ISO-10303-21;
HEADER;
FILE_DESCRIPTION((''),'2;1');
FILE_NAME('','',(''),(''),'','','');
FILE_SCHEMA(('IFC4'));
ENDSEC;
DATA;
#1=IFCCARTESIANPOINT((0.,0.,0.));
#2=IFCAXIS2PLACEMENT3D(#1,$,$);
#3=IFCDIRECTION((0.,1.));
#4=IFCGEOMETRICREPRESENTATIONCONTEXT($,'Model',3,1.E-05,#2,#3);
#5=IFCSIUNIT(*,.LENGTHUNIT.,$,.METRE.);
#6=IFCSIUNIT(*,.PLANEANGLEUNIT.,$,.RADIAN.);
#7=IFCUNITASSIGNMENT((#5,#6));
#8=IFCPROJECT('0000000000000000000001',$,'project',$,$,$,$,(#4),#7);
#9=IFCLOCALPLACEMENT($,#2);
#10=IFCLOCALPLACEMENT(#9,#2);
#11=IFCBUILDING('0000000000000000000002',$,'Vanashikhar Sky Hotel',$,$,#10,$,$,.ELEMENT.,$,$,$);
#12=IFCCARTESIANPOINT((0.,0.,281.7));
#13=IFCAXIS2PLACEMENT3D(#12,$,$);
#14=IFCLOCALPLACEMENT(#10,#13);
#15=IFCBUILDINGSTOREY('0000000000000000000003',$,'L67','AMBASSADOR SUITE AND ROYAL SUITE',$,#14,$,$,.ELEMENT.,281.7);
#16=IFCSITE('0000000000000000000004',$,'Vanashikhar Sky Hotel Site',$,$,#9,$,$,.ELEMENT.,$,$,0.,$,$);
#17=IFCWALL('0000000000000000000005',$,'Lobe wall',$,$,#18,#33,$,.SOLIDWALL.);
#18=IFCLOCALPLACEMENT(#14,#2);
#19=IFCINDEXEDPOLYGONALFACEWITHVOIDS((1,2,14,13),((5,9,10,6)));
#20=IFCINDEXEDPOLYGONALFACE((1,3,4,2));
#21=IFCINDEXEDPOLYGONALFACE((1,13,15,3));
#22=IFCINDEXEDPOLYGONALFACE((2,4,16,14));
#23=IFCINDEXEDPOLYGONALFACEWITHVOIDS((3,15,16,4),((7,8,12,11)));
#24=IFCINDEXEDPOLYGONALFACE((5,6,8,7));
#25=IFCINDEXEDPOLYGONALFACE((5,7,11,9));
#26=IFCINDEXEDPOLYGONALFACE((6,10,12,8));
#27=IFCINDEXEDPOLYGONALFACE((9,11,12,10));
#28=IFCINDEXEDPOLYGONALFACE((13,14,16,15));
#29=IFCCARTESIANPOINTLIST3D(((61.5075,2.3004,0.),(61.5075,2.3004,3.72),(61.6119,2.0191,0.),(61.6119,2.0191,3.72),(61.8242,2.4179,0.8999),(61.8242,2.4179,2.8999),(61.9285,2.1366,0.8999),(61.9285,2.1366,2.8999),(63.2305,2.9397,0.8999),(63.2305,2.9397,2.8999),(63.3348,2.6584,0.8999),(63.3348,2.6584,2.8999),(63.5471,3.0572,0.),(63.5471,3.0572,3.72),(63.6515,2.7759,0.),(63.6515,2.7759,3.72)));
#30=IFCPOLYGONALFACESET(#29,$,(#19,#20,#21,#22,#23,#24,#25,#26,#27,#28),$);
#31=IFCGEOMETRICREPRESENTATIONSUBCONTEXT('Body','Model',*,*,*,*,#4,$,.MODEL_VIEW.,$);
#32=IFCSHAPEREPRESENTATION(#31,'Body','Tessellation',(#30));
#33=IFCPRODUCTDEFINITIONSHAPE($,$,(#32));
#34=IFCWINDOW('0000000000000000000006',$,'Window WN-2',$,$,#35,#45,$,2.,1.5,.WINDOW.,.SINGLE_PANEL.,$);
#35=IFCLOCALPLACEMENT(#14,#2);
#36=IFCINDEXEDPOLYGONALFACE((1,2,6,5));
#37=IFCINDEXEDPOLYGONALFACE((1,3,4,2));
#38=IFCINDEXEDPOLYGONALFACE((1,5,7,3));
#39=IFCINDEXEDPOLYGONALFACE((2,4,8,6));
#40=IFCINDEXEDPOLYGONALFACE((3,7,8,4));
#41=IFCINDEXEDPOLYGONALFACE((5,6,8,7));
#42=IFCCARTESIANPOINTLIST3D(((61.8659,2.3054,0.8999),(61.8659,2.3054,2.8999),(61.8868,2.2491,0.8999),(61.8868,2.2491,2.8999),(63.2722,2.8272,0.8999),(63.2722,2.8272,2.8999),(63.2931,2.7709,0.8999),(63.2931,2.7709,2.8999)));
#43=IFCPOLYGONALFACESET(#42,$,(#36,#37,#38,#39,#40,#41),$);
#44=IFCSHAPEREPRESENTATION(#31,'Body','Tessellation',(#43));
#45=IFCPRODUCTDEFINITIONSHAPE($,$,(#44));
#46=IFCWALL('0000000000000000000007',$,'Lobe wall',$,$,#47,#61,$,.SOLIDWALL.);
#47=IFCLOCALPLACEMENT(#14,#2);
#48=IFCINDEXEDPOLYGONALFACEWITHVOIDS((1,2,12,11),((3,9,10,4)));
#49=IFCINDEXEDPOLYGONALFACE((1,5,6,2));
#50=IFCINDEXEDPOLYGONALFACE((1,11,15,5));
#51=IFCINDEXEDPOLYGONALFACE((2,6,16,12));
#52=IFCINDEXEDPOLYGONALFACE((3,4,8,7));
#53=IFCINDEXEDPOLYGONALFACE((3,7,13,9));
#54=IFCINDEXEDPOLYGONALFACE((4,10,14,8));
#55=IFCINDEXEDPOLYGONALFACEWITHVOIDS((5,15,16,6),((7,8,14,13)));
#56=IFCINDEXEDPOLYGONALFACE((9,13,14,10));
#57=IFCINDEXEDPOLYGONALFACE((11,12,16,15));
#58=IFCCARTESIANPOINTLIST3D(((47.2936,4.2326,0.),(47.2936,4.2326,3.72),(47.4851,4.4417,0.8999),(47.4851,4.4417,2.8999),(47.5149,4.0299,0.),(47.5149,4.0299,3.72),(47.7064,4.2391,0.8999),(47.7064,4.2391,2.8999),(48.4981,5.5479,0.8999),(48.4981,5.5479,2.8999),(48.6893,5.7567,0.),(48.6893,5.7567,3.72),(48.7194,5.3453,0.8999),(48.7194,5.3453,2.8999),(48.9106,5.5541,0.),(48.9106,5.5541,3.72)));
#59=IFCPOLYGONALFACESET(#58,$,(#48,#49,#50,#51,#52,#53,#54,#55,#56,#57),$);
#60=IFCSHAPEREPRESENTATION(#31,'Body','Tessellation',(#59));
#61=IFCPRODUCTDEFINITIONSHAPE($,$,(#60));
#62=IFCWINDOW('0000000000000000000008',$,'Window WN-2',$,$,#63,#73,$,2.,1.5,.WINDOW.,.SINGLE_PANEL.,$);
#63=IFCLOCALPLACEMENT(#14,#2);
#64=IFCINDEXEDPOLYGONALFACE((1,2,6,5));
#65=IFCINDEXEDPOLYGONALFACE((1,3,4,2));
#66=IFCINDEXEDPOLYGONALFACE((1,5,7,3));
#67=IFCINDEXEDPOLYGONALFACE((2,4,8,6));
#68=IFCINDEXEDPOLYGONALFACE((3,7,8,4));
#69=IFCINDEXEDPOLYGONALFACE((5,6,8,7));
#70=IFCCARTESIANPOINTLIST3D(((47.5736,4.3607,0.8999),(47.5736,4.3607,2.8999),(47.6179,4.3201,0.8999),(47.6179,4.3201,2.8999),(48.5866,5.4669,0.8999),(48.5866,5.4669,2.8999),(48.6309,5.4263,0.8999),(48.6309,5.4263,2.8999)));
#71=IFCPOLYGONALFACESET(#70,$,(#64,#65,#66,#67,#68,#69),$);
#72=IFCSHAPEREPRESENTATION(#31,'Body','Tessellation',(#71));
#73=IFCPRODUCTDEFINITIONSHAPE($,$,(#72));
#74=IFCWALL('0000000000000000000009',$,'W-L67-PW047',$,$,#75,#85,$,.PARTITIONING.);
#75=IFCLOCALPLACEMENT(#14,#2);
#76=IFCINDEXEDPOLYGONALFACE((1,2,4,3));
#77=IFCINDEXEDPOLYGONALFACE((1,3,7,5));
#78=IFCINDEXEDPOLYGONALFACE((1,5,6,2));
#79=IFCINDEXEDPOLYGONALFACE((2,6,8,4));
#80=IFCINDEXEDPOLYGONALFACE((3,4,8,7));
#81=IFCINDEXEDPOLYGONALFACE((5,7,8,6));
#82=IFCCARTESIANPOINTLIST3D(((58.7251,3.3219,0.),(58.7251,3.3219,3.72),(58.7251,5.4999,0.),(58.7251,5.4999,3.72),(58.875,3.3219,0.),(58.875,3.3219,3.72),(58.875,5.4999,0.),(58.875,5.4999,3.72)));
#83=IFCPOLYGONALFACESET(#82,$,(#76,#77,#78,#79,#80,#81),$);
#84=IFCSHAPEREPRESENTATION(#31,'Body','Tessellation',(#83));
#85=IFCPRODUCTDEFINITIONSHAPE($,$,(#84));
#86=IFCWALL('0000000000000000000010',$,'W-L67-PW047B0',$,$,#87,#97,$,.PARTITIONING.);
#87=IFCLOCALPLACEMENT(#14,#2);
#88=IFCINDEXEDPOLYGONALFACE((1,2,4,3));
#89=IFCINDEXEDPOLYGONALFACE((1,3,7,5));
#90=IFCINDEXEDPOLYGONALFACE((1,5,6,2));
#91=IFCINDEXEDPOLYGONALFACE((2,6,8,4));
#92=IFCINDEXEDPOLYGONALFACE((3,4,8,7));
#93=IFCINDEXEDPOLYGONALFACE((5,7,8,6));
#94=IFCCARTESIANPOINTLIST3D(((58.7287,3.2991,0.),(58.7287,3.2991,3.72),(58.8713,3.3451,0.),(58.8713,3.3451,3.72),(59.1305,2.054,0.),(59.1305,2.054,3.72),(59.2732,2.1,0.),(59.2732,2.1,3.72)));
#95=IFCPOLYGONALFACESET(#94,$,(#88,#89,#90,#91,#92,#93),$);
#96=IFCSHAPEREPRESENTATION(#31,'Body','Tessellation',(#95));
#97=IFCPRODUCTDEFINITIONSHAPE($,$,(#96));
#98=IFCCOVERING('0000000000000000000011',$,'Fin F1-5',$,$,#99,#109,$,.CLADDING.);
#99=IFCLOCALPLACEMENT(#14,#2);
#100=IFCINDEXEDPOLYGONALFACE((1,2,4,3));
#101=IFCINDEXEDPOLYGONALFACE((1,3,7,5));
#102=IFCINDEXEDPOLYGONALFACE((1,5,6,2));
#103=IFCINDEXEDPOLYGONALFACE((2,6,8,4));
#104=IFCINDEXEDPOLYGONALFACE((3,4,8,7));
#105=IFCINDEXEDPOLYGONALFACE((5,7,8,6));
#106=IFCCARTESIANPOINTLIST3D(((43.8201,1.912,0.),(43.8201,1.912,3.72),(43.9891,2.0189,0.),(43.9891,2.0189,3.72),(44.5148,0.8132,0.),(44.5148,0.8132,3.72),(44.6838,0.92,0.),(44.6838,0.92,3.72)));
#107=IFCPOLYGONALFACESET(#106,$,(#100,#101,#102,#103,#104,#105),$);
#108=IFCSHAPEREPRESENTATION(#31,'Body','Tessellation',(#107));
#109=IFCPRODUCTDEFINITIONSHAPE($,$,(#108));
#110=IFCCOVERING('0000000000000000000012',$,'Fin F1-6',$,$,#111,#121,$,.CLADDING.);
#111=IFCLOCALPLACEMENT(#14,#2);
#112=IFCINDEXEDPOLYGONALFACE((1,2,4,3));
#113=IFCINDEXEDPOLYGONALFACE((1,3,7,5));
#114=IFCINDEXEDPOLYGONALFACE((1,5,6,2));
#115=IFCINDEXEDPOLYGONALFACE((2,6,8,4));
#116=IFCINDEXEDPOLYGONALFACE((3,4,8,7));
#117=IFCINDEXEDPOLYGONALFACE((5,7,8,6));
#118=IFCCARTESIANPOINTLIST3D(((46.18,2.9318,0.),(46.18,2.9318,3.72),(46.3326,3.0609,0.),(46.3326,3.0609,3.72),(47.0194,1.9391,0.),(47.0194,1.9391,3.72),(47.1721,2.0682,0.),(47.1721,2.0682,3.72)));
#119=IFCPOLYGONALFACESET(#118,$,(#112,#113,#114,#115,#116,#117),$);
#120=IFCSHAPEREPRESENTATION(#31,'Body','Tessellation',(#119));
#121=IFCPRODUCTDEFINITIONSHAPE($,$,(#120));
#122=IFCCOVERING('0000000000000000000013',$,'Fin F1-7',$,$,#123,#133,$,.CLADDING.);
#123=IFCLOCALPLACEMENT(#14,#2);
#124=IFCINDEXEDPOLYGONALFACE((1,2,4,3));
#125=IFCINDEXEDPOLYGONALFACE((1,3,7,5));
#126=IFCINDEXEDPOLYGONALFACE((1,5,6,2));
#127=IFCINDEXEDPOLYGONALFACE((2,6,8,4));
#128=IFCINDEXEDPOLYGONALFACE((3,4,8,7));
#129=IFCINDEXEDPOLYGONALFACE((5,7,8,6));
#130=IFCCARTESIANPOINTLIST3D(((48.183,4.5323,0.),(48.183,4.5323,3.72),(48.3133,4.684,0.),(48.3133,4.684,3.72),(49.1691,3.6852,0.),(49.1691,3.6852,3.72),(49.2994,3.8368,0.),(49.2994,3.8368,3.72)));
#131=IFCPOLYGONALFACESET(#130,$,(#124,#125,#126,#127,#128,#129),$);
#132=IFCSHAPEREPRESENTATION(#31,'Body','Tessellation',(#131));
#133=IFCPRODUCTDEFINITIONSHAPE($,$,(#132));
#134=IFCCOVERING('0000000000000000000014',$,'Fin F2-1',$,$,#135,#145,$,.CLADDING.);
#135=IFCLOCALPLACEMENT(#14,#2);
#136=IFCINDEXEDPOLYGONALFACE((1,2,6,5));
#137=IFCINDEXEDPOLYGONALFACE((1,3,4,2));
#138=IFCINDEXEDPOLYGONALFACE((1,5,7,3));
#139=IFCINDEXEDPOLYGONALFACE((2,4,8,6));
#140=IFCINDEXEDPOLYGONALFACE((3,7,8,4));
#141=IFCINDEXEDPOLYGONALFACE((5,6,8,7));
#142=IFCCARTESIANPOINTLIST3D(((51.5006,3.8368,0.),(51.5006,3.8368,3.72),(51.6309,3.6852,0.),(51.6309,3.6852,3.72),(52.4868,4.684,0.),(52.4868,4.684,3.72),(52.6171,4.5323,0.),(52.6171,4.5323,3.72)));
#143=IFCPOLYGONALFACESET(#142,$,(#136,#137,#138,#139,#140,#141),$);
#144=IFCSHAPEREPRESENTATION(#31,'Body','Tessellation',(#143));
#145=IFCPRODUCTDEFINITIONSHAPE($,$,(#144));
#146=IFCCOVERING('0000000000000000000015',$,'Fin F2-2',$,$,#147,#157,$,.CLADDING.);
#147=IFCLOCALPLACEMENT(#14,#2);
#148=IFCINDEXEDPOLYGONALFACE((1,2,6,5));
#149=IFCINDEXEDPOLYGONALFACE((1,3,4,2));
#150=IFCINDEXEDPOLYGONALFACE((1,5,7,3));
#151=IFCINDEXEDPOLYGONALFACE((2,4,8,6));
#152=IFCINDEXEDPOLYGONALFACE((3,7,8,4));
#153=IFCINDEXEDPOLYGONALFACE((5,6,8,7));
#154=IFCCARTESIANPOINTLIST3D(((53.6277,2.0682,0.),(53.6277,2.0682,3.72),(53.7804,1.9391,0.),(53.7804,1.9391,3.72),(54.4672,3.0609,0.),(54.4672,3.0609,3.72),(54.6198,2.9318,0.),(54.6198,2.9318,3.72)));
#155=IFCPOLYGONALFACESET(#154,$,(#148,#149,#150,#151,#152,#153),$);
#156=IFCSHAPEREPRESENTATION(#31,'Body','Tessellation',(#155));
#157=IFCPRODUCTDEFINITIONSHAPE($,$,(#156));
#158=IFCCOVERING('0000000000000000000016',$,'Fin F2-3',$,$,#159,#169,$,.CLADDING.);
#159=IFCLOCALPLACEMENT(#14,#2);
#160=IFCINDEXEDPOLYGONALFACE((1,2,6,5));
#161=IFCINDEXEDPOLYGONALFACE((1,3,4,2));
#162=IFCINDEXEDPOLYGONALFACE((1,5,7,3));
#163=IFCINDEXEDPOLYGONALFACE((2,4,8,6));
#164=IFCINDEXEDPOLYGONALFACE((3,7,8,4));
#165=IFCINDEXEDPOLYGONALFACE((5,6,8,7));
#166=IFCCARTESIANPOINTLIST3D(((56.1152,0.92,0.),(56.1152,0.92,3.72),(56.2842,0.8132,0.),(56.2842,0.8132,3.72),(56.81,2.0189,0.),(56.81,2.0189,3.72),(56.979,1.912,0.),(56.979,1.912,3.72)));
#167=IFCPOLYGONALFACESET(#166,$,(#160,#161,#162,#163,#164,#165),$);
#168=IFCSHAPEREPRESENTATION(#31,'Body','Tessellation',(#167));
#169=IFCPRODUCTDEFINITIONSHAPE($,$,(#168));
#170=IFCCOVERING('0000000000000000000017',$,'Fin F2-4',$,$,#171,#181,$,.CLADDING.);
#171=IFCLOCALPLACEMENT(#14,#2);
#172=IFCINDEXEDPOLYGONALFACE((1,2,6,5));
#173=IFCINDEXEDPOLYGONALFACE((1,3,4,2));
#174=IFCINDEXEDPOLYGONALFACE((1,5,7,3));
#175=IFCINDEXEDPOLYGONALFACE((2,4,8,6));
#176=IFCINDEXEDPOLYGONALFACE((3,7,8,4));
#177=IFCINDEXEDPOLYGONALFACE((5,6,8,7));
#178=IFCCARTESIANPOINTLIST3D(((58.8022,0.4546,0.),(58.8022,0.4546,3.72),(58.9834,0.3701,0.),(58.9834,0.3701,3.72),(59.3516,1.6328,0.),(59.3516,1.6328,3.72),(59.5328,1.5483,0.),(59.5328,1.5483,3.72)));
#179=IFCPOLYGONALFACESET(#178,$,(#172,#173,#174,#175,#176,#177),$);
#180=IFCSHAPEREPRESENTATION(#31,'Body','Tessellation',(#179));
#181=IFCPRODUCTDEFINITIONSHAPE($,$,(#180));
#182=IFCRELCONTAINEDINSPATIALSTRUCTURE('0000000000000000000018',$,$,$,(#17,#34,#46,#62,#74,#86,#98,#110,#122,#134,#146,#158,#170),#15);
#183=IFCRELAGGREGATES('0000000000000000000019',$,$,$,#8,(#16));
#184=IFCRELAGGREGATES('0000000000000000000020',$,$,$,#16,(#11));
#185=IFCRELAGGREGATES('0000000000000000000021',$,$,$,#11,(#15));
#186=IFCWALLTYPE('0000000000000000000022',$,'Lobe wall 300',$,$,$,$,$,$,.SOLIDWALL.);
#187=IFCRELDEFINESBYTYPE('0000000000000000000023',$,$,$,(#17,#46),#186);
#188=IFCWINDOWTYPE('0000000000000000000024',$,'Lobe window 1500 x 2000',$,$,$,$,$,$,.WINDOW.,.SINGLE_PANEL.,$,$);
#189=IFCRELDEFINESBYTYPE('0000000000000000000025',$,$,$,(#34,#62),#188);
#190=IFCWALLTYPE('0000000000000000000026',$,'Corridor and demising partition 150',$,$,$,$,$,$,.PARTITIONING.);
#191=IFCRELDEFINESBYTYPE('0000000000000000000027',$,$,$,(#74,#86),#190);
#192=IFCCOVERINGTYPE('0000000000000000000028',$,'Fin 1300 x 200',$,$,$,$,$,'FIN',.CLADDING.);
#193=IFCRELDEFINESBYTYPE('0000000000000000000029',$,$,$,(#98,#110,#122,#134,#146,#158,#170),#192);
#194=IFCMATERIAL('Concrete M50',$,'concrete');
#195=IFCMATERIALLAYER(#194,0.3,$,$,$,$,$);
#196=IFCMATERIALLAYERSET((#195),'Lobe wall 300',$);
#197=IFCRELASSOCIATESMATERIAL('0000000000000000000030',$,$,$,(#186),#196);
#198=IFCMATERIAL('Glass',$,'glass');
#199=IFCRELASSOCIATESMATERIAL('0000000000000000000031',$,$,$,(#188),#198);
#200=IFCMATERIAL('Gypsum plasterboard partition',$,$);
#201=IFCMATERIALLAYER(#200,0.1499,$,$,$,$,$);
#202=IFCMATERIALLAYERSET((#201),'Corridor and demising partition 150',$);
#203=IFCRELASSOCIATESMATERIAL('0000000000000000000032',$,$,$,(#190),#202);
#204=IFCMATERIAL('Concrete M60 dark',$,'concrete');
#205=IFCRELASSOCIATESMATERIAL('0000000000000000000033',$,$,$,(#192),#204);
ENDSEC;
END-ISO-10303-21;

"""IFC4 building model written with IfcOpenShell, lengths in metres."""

from ifc_helpers import new_model, si_unit, direction, frame, frame_2d, origin, origin_2d, place, context, subcontext, project, spatial, rectangle, extrude, source, transform, mapped, material, layer, layer_set, material_profile, profile_set, type_object, element, fill, save


model = new_model("IFC4")

# Units and contexts
model_context = context("Model", 3, precision=1e-05, world=origin(), true_north=direction((0.0, 1.0)))
body_context = subcontext(model_context, "Body", "Model", "MODEL_VIEW")
ifc_project = project(units=[si_unit("LENGTHUNIT", "METRE"), si_unit("PLANEANGLEUNIT", "RADIAN")], contexts=[model_context])

# Site, building, storey
site_placement = place(None, origin())
site = spatial("IfcSite", under=ifc_project, at=site_placement, Name="Vanashikhar Sky Hotel Site", CompositionType="ELEMENT", RefElevation=0.0)
building_placement = place(site_placement, origin())
building = spatial("IfcBuilding", under=site, at=building_placement, Name="Vanashikhar Sky Hotel", CompositionType="ELEMENT")
storey_placement = place(building_placement, frame((0.0, 0.0, 281.7)))
storey = spatial("IfcBuildingStorey", under=building, at=storey_placement, Name="L67", Description="AMBASSADOR SUITE AND ROYAL SUITE", CompositionType="ELEMENT", Elevation=281.7)

# Shared definitions
ifc_material_1 = material(Name="Concrete M50", Category="concrete")

# Walls, openings, windows
ifc_layer_1 = layer(ifc_material_1, 0.3)
ifc_layer_set_1 = layer_set([ifc_layer_1], Name="Lobe wall 300")
wall_type_1 = type_object("IfcWallType", Name="Lobe wall 300", PredefinedType="SOLIDWALL", material=ifc_layer_set_1)
shared_shape_1 = source(origin(), body_context, "Body", "SweptSolid", [
    extrude(rectangle(XDim=1.5, YDim=2.0, at=frame_2d((0.75, 1.0))), frame((0.0, 0.1602, 0.0), z_axis=(0.0, -1.0, 0.0), x_axis=(1.0, 0.0, 0.0)), (0.0, 0.0, 1.0), 0.3201),
])
ifc_material_2 = material(Name="Glass", Category="glass")
window_type = type_object("IfcWindowType", Name="Lobe window 1500 x 2000", PartitioningType="SINGLE_PANEL", PredefinedType="WINDOW", material=ifc_material_2)
shared_shape_2 = source(origin(), body_context, "Body", "SweptSolid", [
    extrude(rectangle(XDim=1.5, YDim=2.0, at=frame_2d((0.75, 1.0))), frame((0.0, 0.03, 0.0), z_axis=(0.0, -1.0, 0.0), x_axis=(1.0, 0.0, 0.0)), (0.0, 0.0, 1.0), 0.0601),
])
shared_shape_3 = source(origin(), body_context, "Body", "SweptSolid", [
    extrude(rectangle(XDim=2.1755, YDim=0.3, at=frame_2d((1.0879, 0.0))), origin(), (0.0, 0.0, 1.0), 3.72),
])
wall_1_placement = place(storey_placement, frame((61.5596, 2.1597, 0.0), z_axis=(0.0, 0.0, 1.0), x_axis=(0.937532, 0.347899, 0.0)))
wall_1 = element("IfcWall", 1, at=wall_1_placement, inside=storey, type_object=wall_type_1, Name="Lobe wall", PredefinedType="SOLIDWALL", context=body_context, shape_type="MappedRepresentation", body=[
    mapped(shared_shape_3, transform((0.0, 0.0, 0.0), scale=1.0)),
])
opening_1_placement = place(wall_1_placement, frame((0.3379, 0.0, 0.8999)))
opening_1 = element("IfcOpeningElement", 2, at=opening_1_placement, cuts=wall_1, PredefinedType="OPENING", context=body_context, shape_type="MappedRepresentation", body=[
    mapped(shared_shape_1, transform((0.0, 0.0, 0.0), scale=1.0)),
])
window_1_placement = place(opening_1_placement, origin())
window_1 = element("IfcWindow", 3, at=window_1_placement, inside=storey, type_object=window_type, Name="Window WN-2", OverallHeight=2.0, OverallWidth=1.5, PartitioningType="SINGLE_PANEL", PredefinedType="WINDOW", context=body_context, shape_type="MappedRepresentation", body=[
    mapped(shared_shape_2, transform((0.0, 0.0, 0.0), scale=1.0)),
])
fill(opening_1, window_1)
shared_shape_4 = source(origin(), body_context, "Body", "SweptSolid", [
    extrude(rectangle(XDim=2.0667, YDim=0.3, at=frame_2d((1.0332, 0.0))), origin(), (0.0, 0.0, 1.0), 3.72),
])
wall_2_placement = place(storey_placement, frame((47.4043, 4.1313, 0.0), z_axis=(0.0, 0.0, 1.0), x_axis=(0.675355, 0.737492, 0.0)))
wall_2 = element("IfcWall", 4, at=wall_2_placement, inside=storey, type_object=wall_type_1, Name="Lobe wall", PredefinedType="SOLIDWALL", context=body_context, shape_type="MappedRepresentation", body=[
    mapped(shared_shape_4, transform((0.0, 0.0, 0.0), scale=1.0)),
])
opening_2_placement = place(wall_2_placement, frame((0.2834, 0.0, 0.8999)))
opening_2 = element("IfcOpeningElement", 5, at=opening_2_placement, cuts=wall_2, PredefinedType="OPENING", context=body_context, shape_type="MappedRepresentation", body=[
    mapped(shared_shape_1, transform((0.0, 0.0, 0.0), scale=1.0)),
])
window_2_placement = place(opening_2_placement, origin())
window_2 = element("IfcWindow", 6, at=window_2_placement, inside=storey, type_object=window_type, Name="Window WN-2", OverallHeight=2.0, OverallWidth=1.5, PartitioningType="SINGLE_PANEL", PredefinedType="WINDOW", context=body_context, shape_type="MappedRepresentation", body=[
    mapped(shared_shape_2, transform((0.0, 0.0, 0.0), scale=1.0)),
])
fill(opening_2, window_2)

# Walls
ifc_material_3 = material(Name="Gypsum plasterboard partition")
ifc_layer_2 = layer(ifc_material_3, 0.1499)
ifc_layer_set_2 = layer_set([ifc_layer_2], Name="Corridor and demising partition 150")
wall_type_2 = type_object("IfcWallType", Name="Corridor and demising partition 150", PredefinedType="PARTITIONING", material=ifc_layer_set_2)
shared_shape_5 = source(origin(), body_context, "Body", "SweptSolid", [
    extrude(rectangle(XDim=2.178, YDim=0.1499, at=frame_2d((1.0889, 0.0))), origin(), (0.0, 0.0, 1.0), 3.72),
])
wall_3_placement = place(storey_placement, frame((58.8, 3.322, 0.0), z_axis=(0.0, 0.0, 1.0), x_axis=(0.0, 1.0, 0.0)))
element("IfcWall", 7, at=wall_3_placement, inside=storey, type_object=wall_type_2, Name="W-L67-PW047", PredefinedType="PARTITIONING", context=body_context, shape_type="MappedRepresentation", body=[
    mapped(shared_shape_5, transform((0.0, 0.0, 0.0), scale=1.0)),
])
shared_shape_6 = source(origin(), body_context, "Body", "SweptSolid", [
    extrude(rectangle(XDim=1.3083, YDim=0.1499, at=frame_2d((0.6543, 0.0))), origin(), (0.0, 0.0, 1.0), 3.72),
])
wall_4_placement = place(storey_placement, frame((59.2019, 2.0769, 0.0), z_axis=(0.0, 0.0, 1.0), x_axis=(-0.307145, 0.951663, 0.0)))
element("IfcWall", 8, at=wall_4_placement, inside=storey, type_object=wall_type_2, Name="W-L67-PW047B0", PredefinedType="PARTITIONING", context=body_context, shape_type="MappedRepresentation", body=[
    mapped(shared_shape_6, transform((0.0, 0.0, 0.0), scale=1.0)),
])

# Coverings
ifc_material_4 = material(Name="Concrete M60 dark", Category="concrete")
ifc_material_profile = material_profile(ifc_material_4, rectangle(XDim=1.3, YDim=0.2, at=origin_2d()))
ifc_profile_set = profile_set([ifc_material_profile], Name="Fin 1300 x 200")
covering_type = type_object("IfcCoveringType", Name="Fin 1300 x 200", ElementType="FIN", PredefinedType="CLADDING", material=ifc_profile_set)
shared_shape_7 = source(origin(), body_context, "Body", "SweptSolid", [
    extrude(rectangle(XDim=1.3, YDim=0.2, at=origin_2d()), origin(), (0.0, 0.0, 1.0), 3.72),
])
for number, where, z_axis, x_axis, name in (
    (9, (44.252, 1.416, 0.0), (0.0, 0.0, 1.0), (0.534411, -0.845225, 0.0), "Fin F1-5"),
    (10, (46.676, 2.5, 0.0), (0.0, 0.0, 1.0), (0.645698, -0.763593, 0.0), "Fin F1-6"),
    (11, (48.7412, 4.1846, 0.0), (0.0, 0.0, 1.0), (0.758544, -0.651622, 0.0), "Fin F1-7"),
    (12, (52.0588, 4.1846, 0.0), (0.0, 0.0, 1.0), (-0.758544, -0.651622, 0.0), "Fin F2-1"),
    (13, (54.1238, 2.5, 0.0), (0.0, 0.0, 1.0), (-0.645698, -0.763593, 0.0), "Fin F2-2"),
    (14, (56.5471, 1.416, 0.0), (0.0, 0.0, 1.0), (-0.534411, -0.845225, 0.0), "Fin F2-3"),
    (15, (59.1675, 1.0015, 0.0), (0.0, 0.0, 1.0), (-0.422618, -0.906308, 0.0), "Fin F2-4"),
):
    element("IfcCovering", number, at=place(storey_placement, frame(where, z_axis=z_axis, x_axis=x_axis)), inside=storey, type_object=covering_type, Name=name, PredefinedType="CLADDING", context=body_context, shape_type="MappedRepresentation", body=[
        mapped(shared_shape_7, transform((0.0, 0.0, 0.0), scale=1.0)),
    ])

save(model, "model.ifc")
